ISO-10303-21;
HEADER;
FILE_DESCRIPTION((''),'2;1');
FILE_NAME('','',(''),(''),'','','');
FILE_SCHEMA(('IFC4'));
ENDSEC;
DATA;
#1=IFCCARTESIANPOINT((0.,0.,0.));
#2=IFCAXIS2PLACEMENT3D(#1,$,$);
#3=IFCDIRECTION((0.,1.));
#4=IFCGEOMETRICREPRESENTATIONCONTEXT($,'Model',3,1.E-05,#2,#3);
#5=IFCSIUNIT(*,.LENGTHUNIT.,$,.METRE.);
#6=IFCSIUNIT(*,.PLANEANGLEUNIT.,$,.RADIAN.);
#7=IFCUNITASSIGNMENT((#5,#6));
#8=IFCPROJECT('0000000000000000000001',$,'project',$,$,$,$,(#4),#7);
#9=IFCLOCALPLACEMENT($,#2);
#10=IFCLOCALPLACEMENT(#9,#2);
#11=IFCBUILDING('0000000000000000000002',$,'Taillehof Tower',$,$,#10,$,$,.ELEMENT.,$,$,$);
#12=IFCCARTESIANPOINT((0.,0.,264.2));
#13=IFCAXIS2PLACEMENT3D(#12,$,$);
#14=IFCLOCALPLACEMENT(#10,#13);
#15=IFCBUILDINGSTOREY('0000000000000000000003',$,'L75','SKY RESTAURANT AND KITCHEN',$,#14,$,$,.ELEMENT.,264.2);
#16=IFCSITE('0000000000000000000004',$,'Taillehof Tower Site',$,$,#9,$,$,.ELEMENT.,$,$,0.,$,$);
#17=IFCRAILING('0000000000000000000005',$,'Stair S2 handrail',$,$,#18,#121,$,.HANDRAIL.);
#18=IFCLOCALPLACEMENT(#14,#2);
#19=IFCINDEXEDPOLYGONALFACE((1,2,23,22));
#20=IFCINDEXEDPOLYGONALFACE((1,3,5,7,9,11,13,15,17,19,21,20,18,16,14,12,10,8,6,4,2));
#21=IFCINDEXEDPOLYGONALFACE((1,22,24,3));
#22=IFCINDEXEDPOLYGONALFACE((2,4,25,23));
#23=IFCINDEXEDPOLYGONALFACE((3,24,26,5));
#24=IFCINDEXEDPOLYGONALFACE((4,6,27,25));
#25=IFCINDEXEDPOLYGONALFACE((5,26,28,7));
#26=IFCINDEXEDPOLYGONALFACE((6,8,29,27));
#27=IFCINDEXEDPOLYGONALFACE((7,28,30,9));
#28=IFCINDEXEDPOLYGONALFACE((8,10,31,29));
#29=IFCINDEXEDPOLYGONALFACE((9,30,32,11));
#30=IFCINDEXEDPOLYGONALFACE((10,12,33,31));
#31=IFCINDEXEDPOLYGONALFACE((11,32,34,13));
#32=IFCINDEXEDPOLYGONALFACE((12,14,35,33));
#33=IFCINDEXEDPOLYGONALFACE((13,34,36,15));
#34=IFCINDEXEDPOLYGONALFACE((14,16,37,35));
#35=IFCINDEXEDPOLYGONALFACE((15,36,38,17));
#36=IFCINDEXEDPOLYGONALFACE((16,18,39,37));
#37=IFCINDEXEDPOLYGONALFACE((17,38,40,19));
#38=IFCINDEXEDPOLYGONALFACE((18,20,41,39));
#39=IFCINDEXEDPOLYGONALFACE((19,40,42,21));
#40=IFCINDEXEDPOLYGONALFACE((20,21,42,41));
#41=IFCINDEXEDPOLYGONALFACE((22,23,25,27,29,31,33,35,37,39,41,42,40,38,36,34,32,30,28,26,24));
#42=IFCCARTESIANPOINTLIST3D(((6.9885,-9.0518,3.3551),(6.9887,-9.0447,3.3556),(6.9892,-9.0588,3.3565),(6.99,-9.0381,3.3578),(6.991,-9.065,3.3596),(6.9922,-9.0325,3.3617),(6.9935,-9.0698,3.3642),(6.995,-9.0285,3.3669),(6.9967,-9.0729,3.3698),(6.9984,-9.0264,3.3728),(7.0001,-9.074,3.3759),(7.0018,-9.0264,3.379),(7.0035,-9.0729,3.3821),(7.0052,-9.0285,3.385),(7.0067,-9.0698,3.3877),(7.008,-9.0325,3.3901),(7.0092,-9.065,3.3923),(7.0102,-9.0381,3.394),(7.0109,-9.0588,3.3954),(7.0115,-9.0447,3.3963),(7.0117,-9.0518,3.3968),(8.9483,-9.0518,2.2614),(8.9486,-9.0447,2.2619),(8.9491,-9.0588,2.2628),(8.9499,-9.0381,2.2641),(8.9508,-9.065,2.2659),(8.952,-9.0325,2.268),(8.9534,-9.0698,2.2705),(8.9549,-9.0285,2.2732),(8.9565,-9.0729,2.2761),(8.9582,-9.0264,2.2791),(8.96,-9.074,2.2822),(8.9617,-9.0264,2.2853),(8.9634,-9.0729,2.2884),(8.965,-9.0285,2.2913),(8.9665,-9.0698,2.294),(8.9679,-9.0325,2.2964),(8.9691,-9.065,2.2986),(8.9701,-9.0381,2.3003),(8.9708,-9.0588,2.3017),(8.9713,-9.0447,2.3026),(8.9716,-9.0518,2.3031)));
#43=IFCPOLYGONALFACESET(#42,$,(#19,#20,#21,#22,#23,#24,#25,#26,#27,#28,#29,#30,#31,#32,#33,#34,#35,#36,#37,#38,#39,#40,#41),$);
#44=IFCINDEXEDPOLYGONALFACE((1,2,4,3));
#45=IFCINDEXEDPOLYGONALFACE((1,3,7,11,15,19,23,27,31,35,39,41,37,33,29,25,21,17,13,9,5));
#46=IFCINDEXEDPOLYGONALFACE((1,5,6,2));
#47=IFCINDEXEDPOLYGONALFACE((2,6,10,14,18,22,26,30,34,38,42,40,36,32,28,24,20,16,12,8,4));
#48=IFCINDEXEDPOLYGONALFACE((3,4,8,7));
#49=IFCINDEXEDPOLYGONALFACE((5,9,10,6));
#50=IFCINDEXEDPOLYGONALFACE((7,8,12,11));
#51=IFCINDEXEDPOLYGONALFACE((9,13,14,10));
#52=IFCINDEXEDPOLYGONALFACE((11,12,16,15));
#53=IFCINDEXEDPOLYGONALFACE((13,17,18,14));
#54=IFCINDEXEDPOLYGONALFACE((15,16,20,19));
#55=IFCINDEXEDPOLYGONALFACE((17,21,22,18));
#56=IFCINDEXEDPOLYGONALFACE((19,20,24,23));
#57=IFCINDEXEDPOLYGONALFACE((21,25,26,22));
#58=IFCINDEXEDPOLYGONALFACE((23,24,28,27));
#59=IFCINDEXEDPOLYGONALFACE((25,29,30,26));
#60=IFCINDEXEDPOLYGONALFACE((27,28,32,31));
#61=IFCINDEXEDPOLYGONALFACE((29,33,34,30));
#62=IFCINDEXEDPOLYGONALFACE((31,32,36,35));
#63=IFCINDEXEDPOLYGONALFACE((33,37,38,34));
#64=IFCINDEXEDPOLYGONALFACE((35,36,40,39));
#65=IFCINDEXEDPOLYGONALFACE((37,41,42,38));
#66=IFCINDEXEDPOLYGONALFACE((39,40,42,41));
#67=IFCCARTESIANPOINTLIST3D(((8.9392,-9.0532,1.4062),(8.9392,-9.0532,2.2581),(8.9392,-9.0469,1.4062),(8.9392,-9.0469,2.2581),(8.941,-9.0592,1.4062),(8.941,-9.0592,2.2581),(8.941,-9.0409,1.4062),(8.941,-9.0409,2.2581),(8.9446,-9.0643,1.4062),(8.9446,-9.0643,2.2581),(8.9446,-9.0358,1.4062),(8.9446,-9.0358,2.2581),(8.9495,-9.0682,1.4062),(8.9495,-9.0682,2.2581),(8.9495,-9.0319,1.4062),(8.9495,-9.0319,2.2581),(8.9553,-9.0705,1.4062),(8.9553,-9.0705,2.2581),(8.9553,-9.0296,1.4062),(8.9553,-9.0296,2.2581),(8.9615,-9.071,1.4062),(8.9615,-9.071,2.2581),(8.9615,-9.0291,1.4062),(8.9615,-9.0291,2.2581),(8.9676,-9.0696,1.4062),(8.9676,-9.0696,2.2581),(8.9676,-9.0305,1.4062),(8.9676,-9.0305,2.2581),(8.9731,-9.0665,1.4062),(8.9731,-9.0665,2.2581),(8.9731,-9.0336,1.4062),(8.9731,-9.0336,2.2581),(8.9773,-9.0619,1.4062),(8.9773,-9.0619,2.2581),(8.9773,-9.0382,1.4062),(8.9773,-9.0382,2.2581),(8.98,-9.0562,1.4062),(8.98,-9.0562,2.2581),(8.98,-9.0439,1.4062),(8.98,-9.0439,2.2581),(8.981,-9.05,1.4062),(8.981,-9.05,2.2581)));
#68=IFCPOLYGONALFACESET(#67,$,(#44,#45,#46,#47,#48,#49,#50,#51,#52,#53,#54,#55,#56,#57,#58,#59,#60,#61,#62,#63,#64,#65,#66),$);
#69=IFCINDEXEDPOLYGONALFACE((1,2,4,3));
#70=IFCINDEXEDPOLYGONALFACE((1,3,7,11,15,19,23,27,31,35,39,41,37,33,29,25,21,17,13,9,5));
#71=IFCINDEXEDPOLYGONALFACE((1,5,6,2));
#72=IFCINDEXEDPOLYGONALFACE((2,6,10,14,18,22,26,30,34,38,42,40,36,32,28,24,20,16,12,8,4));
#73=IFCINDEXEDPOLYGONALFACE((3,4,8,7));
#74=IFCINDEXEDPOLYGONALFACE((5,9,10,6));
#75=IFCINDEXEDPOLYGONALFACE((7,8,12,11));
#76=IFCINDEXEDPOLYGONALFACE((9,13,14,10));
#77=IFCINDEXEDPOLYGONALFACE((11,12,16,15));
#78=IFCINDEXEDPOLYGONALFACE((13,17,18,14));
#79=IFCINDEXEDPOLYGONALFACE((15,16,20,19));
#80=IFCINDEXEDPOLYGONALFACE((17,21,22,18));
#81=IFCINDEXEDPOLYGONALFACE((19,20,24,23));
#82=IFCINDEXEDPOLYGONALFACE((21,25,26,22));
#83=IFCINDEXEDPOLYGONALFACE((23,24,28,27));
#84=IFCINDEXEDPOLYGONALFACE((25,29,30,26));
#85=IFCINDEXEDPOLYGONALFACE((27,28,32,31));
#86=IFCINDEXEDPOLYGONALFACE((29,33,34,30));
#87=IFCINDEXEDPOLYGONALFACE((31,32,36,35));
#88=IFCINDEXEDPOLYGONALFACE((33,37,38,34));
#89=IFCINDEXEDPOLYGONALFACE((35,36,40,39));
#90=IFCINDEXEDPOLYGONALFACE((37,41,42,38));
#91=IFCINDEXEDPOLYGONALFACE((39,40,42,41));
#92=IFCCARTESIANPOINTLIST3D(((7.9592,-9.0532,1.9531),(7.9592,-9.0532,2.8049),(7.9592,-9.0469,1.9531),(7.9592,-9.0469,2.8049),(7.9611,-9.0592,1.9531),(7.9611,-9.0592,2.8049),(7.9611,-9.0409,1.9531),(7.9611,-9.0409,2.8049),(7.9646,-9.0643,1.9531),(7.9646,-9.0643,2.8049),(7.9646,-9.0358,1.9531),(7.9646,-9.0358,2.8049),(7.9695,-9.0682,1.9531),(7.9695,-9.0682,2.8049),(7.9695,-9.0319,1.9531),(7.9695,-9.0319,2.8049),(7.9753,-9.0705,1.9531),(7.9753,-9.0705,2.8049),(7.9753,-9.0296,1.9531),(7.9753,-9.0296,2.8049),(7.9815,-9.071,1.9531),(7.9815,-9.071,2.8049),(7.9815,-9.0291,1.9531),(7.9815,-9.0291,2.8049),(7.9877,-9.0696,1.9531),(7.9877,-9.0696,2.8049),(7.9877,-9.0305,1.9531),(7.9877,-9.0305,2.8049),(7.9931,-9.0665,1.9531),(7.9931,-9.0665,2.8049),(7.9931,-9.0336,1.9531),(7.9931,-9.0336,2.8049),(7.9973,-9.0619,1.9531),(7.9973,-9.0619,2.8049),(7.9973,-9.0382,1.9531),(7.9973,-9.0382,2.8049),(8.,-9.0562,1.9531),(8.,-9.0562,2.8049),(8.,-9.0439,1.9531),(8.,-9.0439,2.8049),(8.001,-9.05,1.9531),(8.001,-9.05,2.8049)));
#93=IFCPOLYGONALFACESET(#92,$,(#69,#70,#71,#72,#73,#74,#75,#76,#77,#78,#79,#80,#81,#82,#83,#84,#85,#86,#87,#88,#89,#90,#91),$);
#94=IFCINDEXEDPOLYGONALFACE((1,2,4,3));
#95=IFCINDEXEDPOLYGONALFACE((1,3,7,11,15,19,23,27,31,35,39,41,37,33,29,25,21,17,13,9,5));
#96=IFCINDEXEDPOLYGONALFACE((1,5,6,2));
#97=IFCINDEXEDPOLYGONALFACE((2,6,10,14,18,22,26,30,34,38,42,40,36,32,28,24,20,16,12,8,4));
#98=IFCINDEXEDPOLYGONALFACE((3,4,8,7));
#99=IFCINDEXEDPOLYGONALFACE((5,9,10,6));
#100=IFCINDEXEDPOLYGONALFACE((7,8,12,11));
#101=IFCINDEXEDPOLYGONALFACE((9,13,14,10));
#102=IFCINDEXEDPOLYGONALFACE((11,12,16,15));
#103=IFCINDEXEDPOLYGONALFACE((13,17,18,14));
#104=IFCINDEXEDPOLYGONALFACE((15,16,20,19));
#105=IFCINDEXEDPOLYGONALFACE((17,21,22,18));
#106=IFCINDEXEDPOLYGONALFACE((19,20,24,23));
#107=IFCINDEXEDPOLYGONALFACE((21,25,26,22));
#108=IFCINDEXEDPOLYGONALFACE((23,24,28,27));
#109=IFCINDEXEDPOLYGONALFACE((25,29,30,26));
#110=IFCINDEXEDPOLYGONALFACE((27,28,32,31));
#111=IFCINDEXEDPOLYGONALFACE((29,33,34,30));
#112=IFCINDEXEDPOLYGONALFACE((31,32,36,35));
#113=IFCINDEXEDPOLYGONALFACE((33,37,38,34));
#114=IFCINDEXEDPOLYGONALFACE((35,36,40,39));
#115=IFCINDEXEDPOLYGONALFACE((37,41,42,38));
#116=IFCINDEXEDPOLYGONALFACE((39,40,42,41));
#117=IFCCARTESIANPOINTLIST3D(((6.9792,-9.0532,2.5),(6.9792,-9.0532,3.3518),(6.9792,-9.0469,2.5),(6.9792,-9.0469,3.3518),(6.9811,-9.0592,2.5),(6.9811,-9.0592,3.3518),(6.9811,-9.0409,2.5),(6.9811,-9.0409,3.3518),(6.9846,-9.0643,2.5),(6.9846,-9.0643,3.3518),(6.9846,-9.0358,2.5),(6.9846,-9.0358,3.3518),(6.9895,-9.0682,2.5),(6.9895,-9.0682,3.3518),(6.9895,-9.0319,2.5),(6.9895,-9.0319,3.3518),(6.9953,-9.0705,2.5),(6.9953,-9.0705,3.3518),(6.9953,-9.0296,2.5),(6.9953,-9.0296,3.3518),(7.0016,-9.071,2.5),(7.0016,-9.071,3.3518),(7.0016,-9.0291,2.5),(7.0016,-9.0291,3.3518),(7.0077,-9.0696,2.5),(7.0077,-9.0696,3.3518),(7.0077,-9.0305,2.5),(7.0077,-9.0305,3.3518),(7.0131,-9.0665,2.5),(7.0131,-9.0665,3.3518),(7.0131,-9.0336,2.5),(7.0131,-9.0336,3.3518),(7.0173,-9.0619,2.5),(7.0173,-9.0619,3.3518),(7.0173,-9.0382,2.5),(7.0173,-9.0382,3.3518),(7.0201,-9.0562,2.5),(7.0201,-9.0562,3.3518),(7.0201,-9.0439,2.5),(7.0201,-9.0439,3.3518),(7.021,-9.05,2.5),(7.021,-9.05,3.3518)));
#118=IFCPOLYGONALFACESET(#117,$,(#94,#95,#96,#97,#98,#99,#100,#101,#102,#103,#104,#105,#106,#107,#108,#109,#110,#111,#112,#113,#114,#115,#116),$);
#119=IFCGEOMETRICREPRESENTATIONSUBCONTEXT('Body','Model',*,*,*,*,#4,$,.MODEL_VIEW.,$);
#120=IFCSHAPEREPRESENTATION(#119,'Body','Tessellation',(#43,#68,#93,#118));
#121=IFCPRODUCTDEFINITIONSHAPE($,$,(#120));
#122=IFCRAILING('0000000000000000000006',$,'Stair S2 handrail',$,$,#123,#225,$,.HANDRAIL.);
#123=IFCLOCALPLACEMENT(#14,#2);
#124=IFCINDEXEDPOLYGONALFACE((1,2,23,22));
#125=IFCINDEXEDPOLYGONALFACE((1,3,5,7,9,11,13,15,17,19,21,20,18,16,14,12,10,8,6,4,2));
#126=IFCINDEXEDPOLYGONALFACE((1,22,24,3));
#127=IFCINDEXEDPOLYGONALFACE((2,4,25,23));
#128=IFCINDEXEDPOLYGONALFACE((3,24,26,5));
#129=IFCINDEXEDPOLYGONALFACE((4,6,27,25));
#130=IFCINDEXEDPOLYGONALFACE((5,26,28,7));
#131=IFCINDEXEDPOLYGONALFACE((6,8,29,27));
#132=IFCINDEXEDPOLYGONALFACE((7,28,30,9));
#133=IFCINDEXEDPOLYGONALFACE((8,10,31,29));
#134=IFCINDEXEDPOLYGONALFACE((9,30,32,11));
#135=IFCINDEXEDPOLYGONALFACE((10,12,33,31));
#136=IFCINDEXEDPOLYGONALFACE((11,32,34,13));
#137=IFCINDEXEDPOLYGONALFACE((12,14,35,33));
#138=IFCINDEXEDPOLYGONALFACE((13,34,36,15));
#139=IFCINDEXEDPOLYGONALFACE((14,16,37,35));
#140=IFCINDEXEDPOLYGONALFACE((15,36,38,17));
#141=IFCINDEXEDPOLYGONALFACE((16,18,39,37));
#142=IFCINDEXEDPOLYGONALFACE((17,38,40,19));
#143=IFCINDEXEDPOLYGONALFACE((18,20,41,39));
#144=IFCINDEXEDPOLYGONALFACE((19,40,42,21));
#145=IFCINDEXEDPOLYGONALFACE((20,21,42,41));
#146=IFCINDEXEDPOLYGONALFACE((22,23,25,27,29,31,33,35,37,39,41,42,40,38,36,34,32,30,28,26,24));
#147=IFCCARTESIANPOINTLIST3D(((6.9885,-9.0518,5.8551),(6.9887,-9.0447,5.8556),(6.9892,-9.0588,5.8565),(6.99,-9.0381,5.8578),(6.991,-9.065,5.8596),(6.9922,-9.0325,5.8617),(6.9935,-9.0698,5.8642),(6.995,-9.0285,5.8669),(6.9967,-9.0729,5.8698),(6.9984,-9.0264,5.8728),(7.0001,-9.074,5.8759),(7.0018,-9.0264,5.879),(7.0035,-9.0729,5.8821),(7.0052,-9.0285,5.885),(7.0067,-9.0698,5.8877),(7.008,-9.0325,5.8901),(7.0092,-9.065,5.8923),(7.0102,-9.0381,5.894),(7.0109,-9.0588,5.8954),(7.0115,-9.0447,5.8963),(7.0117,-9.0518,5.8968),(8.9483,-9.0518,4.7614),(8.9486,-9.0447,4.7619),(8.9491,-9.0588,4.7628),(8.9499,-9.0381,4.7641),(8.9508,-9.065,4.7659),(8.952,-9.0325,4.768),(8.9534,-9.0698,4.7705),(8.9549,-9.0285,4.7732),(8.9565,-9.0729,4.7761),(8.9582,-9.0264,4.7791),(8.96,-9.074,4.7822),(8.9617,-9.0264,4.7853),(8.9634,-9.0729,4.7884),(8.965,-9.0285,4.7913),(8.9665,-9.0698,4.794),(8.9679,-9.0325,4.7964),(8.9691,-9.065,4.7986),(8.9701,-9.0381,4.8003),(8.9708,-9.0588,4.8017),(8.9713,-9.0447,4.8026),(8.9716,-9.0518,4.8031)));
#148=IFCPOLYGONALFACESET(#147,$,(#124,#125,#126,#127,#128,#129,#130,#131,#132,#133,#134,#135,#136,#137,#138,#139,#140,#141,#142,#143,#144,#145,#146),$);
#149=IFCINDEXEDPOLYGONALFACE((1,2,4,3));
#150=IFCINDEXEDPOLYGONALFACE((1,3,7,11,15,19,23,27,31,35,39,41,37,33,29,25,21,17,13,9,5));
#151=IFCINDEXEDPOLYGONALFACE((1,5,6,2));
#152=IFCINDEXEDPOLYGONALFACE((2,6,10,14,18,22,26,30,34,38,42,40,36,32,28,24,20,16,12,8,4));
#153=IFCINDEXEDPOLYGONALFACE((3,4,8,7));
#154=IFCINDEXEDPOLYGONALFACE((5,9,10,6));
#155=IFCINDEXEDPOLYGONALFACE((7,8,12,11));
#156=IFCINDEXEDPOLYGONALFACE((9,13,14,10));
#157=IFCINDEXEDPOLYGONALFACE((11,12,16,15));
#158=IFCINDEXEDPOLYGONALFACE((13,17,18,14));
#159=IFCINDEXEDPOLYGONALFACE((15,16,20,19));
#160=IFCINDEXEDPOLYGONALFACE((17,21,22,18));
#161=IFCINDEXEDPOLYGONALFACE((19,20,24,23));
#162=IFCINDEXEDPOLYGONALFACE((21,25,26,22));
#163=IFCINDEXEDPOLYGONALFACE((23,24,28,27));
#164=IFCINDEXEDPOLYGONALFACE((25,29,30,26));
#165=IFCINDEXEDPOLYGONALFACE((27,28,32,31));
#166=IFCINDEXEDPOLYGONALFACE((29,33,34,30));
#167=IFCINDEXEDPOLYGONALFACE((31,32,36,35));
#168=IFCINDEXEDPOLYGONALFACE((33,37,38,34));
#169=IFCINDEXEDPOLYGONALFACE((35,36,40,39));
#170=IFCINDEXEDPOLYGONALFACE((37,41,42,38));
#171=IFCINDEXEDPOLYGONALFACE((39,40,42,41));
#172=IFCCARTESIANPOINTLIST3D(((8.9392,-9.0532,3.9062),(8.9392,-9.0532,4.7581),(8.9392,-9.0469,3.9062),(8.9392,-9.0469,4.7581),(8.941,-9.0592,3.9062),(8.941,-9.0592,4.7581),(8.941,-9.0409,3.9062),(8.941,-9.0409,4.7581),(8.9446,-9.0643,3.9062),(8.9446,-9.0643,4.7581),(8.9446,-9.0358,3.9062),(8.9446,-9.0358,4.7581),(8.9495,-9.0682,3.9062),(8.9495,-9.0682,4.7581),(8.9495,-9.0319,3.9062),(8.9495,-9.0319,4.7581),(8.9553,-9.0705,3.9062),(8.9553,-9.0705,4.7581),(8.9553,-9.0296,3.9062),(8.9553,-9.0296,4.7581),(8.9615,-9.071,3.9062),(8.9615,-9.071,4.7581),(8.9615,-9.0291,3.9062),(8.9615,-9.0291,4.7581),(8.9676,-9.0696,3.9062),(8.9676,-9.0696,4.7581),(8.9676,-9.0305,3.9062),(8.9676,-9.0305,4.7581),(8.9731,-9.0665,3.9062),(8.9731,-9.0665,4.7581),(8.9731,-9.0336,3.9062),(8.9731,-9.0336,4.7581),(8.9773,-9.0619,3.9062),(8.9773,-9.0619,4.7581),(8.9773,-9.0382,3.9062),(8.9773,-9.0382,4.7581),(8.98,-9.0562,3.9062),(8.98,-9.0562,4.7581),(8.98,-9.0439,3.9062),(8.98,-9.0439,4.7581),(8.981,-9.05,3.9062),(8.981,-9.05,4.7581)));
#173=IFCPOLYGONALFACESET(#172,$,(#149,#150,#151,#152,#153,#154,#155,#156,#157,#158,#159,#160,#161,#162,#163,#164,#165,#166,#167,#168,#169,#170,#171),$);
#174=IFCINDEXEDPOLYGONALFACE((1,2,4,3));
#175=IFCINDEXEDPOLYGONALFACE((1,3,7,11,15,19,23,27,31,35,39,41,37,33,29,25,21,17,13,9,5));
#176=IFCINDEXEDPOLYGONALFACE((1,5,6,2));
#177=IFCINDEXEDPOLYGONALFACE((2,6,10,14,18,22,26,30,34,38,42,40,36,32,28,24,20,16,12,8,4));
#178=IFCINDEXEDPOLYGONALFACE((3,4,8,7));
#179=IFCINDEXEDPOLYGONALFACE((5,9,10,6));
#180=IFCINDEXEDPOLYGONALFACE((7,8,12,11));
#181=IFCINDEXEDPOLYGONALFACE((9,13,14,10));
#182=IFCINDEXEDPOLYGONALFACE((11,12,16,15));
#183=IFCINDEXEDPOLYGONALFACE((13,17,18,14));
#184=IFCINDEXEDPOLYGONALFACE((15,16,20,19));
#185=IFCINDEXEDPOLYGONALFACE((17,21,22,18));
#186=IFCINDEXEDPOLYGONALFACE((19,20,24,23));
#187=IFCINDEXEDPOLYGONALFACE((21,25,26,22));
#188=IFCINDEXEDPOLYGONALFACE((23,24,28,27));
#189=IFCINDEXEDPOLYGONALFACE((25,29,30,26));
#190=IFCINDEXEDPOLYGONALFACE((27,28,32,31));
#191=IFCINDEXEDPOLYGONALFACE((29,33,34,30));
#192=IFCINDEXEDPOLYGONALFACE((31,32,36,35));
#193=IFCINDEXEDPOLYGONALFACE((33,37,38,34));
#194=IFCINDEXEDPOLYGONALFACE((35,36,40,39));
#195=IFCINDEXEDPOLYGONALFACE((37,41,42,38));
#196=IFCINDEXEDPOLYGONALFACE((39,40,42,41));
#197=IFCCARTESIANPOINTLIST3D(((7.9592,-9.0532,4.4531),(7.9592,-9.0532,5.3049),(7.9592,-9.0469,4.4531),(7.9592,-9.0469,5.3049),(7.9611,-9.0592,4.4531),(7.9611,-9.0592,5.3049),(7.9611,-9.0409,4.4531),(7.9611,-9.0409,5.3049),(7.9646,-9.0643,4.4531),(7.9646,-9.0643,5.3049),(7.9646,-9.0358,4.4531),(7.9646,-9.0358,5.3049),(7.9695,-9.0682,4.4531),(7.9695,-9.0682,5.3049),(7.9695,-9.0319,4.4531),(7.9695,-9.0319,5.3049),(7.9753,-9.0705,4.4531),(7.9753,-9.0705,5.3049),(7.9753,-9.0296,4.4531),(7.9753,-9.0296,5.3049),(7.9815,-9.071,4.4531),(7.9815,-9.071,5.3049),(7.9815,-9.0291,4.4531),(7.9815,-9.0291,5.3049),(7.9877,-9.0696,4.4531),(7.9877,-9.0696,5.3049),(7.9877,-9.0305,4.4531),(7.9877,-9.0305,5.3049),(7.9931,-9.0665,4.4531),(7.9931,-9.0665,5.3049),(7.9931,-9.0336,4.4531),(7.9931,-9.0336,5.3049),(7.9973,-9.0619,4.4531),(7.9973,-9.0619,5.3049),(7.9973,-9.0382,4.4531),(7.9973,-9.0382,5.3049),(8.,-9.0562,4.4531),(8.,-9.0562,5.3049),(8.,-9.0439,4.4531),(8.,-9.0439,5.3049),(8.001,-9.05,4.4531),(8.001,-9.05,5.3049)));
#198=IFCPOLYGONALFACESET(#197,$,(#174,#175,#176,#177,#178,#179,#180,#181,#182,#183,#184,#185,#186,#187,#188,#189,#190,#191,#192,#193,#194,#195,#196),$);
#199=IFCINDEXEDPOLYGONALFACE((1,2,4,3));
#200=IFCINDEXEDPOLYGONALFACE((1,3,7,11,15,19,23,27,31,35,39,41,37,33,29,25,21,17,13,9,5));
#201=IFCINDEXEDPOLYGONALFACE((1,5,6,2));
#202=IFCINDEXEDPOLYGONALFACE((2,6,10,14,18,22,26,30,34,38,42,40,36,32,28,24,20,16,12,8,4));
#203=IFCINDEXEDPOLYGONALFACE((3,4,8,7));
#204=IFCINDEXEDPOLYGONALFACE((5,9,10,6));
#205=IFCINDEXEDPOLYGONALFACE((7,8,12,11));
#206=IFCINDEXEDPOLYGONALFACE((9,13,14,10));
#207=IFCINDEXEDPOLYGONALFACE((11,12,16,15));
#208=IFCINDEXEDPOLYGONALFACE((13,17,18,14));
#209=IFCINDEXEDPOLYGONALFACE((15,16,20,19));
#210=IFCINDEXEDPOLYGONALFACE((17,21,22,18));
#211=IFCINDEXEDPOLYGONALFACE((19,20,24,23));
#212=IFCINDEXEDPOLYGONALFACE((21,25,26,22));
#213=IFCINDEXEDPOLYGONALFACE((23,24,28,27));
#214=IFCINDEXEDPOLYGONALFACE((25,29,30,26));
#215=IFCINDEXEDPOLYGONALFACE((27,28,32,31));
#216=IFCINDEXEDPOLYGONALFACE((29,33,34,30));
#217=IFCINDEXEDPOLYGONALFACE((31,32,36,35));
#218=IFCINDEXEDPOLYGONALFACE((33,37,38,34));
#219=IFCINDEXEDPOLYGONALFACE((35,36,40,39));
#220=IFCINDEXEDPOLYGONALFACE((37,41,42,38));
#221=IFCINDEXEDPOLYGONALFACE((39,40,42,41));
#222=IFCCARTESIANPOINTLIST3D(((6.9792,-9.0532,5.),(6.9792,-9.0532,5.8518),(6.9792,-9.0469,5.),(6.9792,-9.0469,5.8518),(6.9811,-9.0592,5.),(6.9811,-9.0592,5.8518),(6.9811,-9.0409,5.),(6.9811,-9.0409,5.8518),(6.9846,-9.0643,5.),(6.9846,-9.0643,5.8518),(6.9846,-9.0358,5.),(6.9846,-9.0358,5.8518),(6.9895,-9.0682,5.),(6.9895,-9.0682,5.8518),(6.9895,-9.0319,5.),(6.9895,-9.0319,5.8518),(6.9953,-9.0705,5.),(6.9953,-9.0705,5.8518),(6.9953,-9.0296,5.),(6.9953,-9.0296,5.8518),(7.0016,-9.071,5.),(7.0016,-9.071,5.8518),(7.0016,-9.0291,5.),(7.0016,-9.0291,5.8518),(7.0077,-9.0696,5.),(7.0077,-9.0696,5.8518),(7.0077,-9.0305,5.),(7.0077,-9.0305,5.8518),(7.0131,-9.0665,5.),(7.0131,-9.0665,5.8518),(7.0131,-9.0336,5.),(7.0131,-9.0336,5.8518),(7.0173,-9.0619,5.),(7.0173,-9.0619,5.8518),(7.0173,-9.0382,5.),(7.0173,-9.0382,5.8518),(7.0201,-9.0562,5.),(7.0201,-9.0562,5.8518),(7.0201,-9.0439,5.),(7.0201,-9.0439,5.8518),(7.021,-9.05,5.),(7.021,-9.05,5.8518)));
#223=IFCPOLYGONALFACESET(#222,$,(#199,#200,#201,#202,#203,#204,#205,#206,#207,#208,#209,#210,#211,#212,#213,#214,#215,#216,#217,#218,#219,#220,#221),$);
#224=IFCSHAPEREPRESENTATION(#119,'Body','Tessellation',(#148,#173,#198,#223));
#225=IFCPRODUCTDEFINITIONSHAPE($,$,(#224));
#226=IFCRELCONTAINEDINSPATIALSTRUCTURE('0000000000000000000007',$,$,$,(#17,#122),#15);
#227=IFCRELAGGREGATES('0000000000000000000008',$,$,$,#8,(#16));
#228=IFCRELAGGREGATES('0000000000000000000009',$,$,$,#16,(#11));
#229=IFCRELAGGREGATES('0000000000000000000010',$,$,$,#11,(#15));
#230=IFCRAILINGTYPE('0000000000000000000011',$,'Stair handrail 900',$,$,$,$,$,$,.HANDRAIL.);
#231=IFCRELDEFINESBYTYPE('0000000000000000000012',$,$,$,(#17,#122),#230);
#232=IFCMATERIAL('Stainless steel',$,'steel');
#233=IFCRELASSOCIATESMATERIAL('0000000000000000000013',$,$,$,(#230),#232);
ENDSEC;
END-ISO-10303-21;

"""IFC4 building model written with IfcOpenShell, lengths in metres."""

from ifc_helpers import new_model, si_unit, direction, frame, origin, origin_2d, place, context, subcontext, project, spatial, circle, extrude, material, type_object, element, save


model = new_model("IFC4")

# Units and contexts
model_context = context("Model", 3, precision=1e-05, world=origin(), true_north=direction((0.0, 1.0)))
body_context = subcontext(model_context, "Body", "Model", "MODEL_VIEW")
ifc_project = project(units=[si_unit("LENGTHUNIT", "METRE"), si_unit("PLANEANGLEUNIT", "RADIAN")], contexts=[model_context])

# Site, building, storey
site_placement = place(None, origin())
site = spatial("IfcSite", under=ifc_project, at=site_placement, Name="Taillehof Tower Site", CompositionType="ELEMENT", RefElevation=0.0)
building_placement = place(site_placement, origin())
building = spatial("IfcBuilding", under=site, at=building_placement, Name="Taillehof Tower", CompositionType="ELEMENT")
storey_placement = place(building_placement, frame((0.0, 0.0, 264.2)))
storey = spatial("IfcBuildingStorey", under=building, at=storey_placement, Name="L75", Description="SKY RESTAURANT AND KITCHEN", CompositionType="ELEMENT", Elevation=264.2)

# Railings
ifc_material_1 = material(Name="Stainless steel", Category="steel")
railing_type = type_object("IfcRailingType", Name="Stair handrail 900", PredefinedType="HANDRAIL", material=ifc_material_1)
for number, where, name in (
    (1, (8.96, -9.05, 1.4062), "Stair S2 handrail"),
    (2, (8.96, -9.05, 3.9062), "Stair S2 handrail"),
):
    element("IfcRailing", number, at=place(storey_placement, frame(where)), inside=storey, type_object=railing_type, Name=name, PredefinedType="HANDRAIL", context=body_context, shape_type="SweptSolid", body=[
        extrude(circle(Radius=0.0239, at=origin_2d()), frame((0.0, 0.0, 0.876), z_axis=(-0.873232, 0.0, 0.487304), x_axis=(0.0, -1.0, 0.0)), (0.0, 0.0, 1.0), 2.2444),
        extrude(circle(Radius=0.021, at=origin_2d()), origin(), (0.0, 0.0, 1.0), 0.8518),
        extrude(circle(Radius=0.021, at=origin_2d()), frame((-0.98, 0.0, 0.5469)), (0.0, 0.0, 1.0), 0.8518),
        extrude(circle(Radius=0.021, at=origin_2d()), frame((-1.96, 0.0, 1.0938)), (0.0, 0.0, 1.0), 0.8518),
    ])

save(model, "model.ifc")
